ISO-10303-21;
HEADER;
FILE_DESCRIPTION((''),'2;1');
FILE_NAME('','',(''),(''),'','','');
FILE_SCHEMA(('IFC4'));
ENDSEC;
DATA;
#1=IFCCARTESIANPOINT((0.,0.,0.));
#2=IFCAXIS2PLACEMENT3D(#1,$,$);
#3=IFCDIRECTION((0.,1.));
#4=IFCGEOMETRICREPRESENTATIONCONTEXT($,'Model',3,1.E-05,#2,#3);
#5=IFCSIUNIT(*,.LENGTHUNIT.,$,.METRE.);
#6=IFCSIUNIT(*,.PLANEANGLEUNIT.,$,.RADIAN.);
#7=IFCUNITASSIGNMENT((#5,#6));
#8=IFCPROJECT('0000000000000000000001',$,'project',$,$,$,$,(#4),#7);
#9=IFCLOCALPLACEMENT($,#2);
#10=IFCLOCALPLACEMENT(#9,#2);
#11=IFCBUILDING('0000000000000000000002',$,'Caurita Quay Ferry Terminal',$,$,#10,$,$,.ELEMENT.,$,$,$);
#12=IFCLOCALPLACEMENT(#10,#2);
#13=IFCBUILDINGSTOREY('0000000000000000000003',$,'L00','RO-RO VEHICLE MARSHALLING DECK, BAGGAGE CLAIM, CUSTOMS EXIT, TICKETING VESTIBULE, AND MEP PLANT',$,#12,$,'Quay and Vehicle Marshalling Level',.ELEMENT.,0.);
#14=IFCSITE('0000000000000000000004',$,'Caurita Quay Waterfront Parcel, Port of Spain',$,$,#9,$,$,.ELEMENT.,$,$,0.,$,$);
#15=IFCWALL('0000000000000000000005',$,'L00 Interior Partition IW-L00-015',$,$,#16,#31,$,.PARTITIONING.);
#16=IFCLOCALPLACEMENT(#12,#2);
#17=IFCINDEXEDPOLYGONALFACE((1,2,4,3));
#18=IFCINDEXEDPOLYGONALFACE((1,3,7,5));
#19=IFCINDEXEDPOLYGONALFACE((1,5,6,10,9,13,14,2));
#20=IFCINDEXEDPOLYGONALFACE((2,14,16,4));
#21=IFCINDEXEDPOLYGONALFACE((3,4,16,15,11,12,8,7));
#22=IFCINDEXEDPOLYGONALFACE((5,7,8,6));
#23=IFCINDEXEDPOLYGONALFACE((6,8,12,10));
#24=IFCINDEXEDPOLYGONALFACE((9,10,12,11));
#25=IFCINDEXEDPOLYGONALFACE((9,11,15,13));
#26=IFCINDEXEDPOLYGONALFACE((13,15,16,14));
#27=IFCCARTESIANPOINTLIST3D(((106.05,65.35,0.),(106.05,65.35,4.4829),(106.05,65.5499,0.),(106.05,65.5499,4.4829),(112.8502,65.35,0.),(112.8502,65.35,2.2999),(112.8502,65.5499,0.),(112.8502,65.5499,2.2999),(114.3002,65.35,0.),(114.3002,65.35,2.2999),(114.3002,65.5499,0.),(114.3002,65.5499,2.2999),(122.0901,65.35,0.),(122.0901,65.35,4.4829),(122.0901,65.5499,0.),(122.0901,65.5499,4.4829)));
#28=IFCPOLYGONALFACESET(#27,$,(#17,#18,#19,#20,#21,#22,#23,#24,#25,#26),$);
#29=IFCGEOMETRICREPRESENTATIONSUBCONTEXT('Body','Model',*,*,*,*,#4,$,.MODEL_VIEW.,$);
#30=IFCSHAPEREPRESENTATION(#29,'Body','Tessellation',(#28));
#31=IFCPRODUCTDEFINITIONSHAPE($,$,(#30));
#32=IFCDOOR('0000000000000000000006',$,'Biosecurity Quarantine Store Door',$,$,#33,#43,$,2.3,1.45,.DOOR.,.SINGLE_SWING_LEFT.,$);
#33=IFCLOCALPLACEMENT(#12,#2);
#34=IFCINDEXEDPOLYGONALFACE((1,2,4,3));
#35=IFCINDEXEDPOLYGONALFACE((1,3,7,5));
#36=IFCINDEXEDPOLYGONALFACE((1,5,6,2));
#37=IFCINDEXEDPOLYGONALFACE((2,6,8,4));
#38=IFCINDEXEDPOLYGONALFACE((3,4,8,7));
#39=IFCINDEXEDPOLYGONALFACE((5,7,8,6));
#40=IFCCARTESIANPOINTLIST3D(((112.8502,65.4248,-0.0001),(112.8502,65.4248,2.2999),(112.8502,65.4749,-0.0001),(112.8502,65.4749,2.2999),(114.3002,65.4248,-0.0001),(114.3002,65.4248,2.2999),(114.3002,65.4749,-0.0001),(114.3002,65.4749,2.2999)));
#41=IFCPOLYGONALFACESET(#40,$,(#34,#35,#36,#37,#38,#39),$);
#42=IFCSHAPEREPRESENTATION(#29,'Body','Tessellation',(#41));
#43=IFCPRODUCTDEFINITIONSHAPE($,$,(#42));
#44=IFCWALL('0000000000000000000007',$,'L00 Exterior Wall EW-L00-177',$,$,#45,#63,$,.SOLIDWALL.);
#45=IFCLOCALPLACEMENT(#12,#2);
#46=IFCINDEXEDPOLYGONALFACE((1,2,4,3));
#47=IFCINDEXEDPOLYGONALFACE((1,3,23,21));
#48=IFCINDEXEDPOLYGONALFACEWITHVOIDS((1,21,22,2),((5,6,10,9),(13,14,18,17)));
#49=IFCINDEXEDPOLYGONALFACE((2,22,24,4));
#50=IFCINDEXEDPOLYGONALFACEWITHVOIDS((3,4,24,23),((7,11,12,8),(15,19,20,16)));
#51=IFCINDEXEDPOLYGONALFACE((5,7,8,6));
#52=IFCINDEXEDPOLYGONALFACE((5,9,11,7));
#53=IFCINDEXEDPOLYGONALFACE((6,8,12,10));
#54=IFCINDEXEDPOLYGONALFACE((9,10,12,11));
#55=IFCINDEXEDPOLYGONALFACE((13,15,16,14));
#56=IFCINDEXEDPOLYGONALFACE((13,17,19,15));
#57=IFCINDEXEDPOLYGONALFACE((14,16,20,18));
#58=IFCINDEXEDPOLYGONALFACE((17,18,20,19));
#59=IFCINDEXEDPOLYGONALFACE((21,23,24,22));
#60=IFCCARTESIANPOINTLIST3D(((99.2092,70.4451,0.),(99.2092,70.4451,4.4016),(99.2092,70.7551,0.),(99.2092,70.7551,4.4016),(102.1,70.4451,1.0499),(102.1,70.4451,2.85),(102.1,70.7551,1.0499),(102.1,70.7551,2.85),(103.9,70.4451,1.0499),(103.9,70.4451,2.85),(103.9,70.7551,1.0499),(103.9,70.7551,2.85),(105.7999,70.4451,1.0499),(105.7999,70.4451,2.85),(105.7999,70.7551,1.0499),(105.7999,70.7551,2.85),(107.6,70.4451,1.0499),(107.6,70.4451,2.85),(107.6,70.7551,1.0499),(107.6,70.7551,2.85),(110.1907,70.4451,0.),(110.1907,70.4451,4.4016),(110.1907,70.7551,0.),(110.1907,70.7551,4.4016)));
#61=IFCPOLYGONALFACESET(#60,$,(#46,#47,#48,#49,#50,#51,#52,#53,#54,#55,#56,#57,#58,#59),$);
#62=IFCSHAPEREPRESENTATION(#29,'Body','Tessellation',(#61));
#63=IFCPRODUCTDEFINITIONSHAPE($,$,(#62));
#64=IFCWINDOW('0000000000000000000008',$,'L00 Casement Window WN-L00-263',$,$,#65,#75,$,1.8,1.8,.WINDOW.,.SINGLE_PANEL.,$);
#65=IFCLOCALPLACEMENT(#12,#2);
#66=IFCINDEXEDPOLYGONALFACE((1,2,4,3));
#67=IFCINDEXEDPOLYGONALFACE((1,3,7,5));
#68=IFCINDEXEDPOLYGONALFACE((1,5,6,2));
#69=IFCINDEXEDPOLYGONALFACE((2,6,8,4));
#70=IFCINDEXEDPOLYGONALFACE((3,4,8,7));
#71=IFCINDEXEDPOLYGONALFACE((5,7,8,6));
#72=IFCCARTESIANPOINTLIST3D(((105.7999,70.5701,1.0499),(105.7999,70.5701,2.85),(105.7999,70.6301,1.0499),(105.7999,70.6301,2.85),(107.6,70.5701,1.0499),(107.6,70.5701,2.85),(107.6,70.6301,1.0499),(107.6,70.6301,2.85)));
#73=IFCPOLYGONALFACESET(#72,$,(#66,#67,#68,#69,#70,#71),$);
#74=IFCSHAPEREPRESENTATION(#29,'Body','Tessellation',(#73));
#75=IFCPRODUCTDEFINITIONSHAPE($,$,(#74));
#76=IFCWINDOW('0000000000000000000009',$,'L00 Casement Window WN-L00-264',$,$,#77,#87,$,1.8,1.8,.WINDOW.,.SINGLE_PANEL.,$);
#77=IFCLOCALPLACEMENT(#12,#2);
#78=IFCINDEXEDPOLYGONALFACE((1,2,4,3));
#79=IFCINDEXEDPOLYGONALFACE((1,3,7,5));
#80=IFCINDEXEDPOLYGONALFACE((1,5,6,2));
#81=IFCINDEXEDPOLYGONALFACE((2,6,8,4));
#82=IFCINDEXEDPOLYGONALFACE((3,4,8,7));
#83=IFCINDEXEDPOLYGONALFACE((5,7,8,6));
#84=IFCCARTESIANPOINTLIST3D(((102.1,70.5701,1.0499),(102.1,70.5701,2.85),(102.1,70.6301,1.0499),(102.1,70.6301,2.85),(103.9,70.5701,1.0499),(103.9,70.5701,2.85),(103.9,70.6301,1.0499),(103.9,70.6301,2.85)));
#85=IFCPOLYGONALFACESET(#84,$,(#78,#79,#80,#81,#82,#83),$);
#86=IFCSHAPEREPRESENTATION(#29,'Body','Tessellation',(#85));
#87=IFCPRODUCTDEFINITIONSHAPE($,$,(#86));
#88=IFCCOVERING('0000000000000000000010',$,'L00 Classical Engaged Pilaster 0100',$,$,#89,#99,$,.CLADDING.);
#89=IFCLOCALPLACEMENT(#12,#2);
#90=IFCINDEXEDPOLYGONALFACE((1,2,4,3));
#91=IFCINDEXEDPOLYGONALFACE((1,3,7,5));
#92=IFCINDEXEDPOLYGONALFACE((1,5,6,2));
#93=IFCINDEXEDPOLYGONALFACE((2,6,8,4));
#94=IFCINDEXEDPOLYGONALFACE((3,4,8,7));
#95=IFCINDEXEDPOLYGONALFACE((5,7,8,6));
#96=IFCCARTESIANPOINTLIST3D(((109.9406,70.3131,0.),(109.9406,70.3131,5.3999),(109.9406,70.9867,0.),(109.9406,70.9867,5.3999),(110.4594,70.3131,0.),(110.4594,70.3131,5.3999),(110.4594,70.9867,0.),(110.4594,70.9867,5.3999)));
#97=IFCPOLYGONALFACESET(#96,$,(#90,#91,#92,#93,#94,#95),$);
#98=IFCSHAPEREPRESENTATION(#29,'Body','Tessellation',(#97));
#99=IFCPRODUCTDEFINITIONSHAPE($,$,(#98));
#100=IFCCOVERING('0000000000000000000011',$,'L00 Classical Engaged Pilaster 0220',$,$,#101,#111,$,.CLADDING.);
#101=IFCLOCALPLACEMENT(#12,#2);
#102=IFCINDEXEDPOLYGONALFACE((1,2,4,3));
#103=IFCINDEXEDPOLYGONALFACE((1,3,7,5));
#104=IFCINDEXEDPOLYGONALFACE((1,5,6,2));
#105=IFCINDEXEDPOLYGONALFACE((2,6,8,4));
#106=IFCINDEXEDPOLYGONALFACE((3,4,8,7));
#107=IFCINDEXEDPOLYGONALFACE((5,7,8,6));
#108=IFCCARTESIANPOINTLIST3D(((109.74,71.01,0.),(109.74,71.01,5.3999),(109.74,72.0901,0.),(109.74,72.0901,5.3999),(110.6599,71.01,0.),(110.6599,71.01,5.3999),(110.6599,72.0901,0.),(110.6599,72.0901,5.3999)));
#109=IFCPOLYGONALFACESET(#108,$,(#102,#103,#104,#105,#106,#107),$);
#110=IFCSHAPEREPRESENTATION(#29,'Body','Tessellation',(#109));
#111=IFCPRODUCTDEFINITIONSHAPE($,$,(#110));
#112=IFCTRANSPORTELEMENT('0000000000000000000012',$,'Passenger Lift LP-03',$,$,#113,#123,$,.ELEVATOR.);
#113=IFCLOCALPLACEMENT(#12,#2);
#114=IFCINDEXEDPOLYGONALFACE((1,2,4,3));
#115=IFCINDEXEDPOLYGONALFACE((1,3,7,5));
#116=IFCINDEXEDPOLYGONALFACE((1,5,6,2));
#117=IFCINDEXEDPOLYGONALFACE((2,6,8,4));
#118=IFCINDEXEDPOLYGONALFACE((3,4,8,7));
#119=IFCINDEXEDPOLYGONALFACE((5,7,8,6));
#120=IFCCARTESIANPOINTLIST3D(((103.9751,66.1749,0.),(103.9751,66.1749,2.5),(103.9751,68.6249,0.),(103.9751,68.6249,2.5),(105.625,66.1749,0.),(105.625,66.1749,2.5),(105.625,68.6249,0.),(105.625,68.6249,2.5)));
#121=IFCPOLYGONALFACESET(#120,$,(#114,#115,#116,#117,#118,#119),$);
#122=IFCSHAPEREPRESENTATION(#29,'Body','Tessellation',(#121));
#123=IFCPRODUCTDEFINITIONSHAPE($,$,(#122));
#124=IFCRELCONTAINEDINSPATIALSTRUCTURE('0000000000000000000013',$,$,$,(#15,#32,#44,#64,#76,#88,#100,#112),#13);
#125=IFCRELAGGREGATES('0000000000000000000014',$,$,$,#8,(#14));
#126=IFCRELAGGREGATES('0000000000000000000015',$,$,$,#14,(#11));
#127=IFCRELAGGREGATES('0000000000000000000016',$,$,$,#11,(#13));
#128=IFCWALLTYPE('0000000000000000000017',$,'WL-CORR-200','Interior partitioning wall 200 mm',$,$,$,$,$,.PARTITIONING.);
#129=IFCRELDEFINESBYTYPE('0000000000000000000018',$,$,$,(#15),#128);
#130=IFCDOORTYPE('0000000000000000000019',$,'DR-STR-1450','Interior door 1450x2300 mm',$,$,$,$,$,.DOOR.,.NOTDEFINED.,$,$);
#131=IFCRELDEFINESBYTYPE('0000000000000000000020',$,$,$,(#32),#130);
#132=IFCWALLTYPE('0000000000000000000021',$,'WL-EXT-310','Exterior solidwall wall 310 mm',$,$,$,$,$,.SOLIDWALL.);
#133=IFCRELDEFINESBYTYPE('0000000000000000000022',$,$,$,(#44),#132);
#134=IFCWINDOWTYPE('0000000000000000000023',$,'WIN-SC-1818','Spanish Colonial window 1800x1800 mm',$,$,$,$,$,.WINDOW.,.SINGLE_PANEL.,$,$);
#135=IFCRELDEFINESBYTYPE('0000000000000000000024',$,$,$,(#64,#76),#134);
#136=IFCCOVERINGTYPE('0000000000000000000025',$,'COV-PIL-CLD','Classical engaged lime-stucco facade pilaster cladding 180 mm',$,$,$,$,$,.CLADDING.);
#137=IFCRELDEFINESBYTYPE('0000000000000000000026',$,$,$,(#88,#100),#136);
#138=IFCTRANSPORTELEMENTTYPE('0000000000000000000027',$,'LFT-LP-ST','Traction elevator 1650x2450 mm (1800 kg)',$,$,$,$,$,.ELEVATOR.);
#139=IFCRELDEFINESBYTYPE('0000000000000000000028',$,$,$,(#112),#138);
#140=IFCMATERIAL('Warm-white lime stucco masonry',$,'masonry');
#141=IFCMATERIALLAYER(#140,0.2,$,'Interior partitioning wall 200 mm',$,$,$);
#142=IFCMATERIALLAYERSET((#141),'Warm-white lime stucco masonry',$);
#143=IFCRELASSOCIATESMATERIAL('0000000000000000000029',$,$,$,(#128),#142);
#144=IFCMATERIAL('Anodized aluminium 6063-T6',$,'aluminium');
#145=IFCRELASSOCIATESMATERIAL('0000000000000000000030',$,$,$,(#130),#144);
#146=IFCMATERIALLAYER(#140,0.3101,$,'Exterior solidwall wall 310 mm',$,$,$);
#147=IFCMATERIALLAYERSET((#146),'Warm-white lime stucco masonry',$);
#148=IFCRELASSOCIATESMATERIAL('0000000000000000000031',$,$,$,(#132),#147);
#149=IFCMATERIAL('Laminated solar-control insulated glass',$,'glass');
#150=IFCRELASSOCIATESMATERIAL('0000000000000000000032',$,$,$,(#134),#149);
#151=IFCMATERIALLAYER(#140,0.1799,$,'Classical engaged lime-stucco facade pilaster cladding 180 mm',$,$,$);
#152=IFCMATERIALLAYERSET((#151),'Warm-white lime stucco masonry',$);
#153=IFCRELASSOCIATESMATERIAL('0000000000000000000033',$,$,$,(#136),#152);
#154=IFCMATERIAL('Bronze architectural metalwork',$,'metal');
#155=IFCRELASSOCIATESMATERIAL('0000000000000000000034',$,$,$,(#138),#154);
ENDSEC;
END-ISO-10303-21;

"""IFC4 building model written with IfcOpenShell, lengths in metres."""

from ifc_helpers import new_model, si_unit, direction, frame, frame_2d, origin, origin_2d, place, context, subcontext, project, spatial, rectangle, extrude, material, layer, layer_set, type_object, element, fill, save


model = new_model("IFC4")

# Units and contexts
model_context = context("Model", 3, precision=1e-05, world=origin(), true_north=direction((0.0, 1.0)))
body_context = subcontext(model_context, "Body", "Model", "MODEL_VIEW")
ifc_project = project(units=[si_unit("LENGTHUNIT", "METRE"), si_unit("PLANEANGLEUNIT", "RADIAN")], contexts=[model_context])

# Site, building, storey
site_placement = place(None, origin())
site = spatial("IfcSite", under=ifc_project, at=site_placement, Name="Caurita Quay Waterfront Parcel, Port of Spain", CompositionType="ELEMENT", RefElevation=0.0)
building_placement = place(site_placement, origin())
building = spatial("IfcBuilding", under=site, at=building_placement, Name="Caurita Quay Ferry Terminal", CompositionType="ELEMENT")
storey_placement = place(building_placement, origin())
storey = spatial("IfcBuildingStorey", under=building, at=storey_placement, Name="L00", Description="RO-RO VEHICLE MARSHALLING DECK, BAGGAGE CLAIM, CUSTOMS EXIT, TICKETING VESTIBULE, AND MEP PLANT", LongName="Quay and Vehicle Marshalling Level", CompositionType="ELEMENT", Elevation=0.0)

# Shared definitions
ifc_material_1 = material(Name="Bronze architectural metalwork", Category="metal")

# Wall, opening, door
ifc_material_2 = material(Name="Warm-white lime stucco masonry", Category="masonry")
ifc_layer_1 = layer(ifc_material_2, 0.2, Name="Interior partitioning wall 200 mm")
ifc_layer_set_1 = layer_set([ifc_layer_1], Name="Warm-white lime stucco masonry")
wall_type_1 = type_object("IfcWallType", Name="WL-CORR-200", Description="Interior partitioning wall 200 mm", PredefinedType="PARTITIONING", material=ifc_layer_set_1)
wall_1_placement = place(storey_placement, frame((106.05, 65.45, 0.0), z_axis=(0.0, 0.0, 1.0), x_axis=(1.0, 0.0, 0.0)))
wall_1 = element("IfcWall", 1, at=wall_1_placement, inside=storey, type_object=wall_type_1, Name="L00 Interior Partition IW-L00-015", PredefinedType="PARTITIONING", context=body_context, shape_type="SweptSolid", body=[
    extrude(rectangle(XDim=16.04, YDim=0.2, at=frame_2d((8.02, 0.0))), origin(), (0.0, 0.0, 1.0), 4.4829),
])
opening_1_placement = place(wall_1_placement, frame((6.8, 0.0, 0.0)))
opening_1 = element("IfcOpeningElement", 2, at=opening_1_placement, cuts=wall_1, PredefinedType="OPENING", context=body_context, shape_type="SweptSolid", body=[
    extrude(rectangle(XDim=1.45, YDim=2.3, at=frame_2d((0.7251, 1.1499))), frame((0.0, 0.1099, 0.0), z_axis=(0.0, -1.0, 0.0), x_axis=(1.0, 0.0, 0.0)), (0.0, 0.0, 1.0), 0.22),
])
ifc_material_3 = material(Name="Anodized aluminium 6063-T6", Category="aluminium")
door_type_1 = type_object("IfcDoorType", Name="DR-STR-1450", Description="Interior door 1450x2300 mm", OperationType="NOTDEFINED", PredefinedType="DOOR", material=ifc_material_3)
door_1_placement = place(opening_1_placement, origin())
door_1 = element("IfcDoor", 3, at=door_1_placement, inside=storey, type_object=door_type_1, Name="Biosecurity Quarantine Store Door", OperationType="SINGLE_SWING_LEFT", OverallHeight=2.3, OverallWidth=1.45, PredefinedType="DOOR", context=body_context, shape_type="SweptSolid", body=[
    extrude(rectangle(XDim=1.45, YDim=2.3, at=frame_2d((0.7251, 1.1499))), frame((0.0, 0.0249, 0.0), z_axis=(0.0, -1.0, 0.0), x_axis=(1.0, 0.0, 0.0)), (0.0, 0.0, 1.0), 0.05),
])
fill(opening_1, door_1)

# Wall, openings, windows
ifc_layer_2 = layer(ifc_material_2, 0.3101, Name="Exterior solidwall wall 310 mm")
ifc_layer_set_2 = layer_set([ifc_layer_2], Name="Warm-white lime stucco masonry")
wall_type_2 = type_object("IfcWallType", Name="WL-EXT-310", Description="Exterior solidwall wall 310 mm", PredefinedType="SOLIDWALL", material=ifc_layer_set_2)
wall_2_placement = place(storey_placement, frame((110.1907, 70.6001, 0.0), z_axis=(0.0, 0.0, 1.0), x_axis=(-1.0, 0.0, 0.0)))
wall_2 = element("IfcWall", 4, at=wall_2_placement, inside=storey, type_object=wall_type_2, Name="L00 Exterior Wall EW-L00-177", PredefinedType="SOLIDWALL", context=body_context, shape_type="SweptSolid", body=[
    extrude(rectangle(XDim=10.9814, YDim=0.3101, at=frame_2d((5.4907, 0.0))), origin(), (0.0, 0.0, 1.0), 4.4016),
])
opening_2_placement = place(wall_2_placement, frame((2.5908, 0.0, 1.05)))
opening_2 = element("IfcOpeningElement", 5, at=opening_2_placement, cuts=wall_2, PredefinedType="OPENING", context=body_context, shape_type="SweptSolid", body=[
    extrude(rectangle(XDim=1.8, YDim=1.8, at=frame_2d((0.8999, 0.8999))), frame((0.0, 0.165, 0.0), z_axis=(0.0, -1.0, 0.0), x_axis=(1.0, 0.0, 0.0)), (0.0, 0.0, 1.0), 0.3301),
])
opening_3_placement = place(wall_2_placement, frame((6.2908, 0.0, 1.05)))
opening_3 = element("IfcOpeningElement", 6, at=opening_3_placement, cuts=wall_2, PredefinedType="OPENING", context=body_context, shape_type="SweptSolid", body=[
    extrude(rectangle(XDim=1.8, YDim=1.8, at=frame_2d((0.8999, 0.8999))), frame((0.0, 0.165, 0.0), z_axis=(0.0, -1.0, 0.0), x_axis=(1.0, 0.0, 0.0)), (0.0, 0.0, 1.0), 0.3301),
])
ifc_material_4 = material(Name="Laminated solar-control insulated glass", Category="glass")
window_type = type_object("IfcWindowType", Name="WIN-SC-1818", Description="Spanish Colonial window 1800x1800 mm", PartitioningType="SINGLE_PANEL", PredefinedType="WINDOW", material=ifc_material_4)
window_1_placement = place(opening_2_placement, origin())
window_1 = element("IfcWindow", 7, at=window_1_placement, inside=storey, type_object=window_type, Name="L00 Casement Window WN-L00-263", OverallHeight=1.8, OverallWidth=1.8, PartitioningType="SINGLE_PANEL", PredefinedType="WINDOW", context=body_context, shape_type="SweptSolid", body=[
    extrude(rectangle(XDim=1.8, YDim=1.8, at=frame_2d((0.8999, 0.8999))), frame((0.0, 0.03, 0.0), z_axis=(0.0, -1.0, 0.0), x_axis=(1.0, 0.0, 0.0)), (0.0, 0.0, 1.0), 0.0601),
])
fill(opening_2, window_1)
window_2_placement = place(opening_3_placement, origin())
window_2 = element("IfcWindow", 8, at=window_2_placement, inside=storey, type_object=window_type, Name="L00 Casement Window WN-L00-264", OverallHeight=1.8, OverallWidth=1.8, PartitioningType="SINGLE_PANEL", PredefinedType="WINDOW", context=body_context, shape_type="SweptSolid", body=[
    extrude(rectangle(XDim=1.8, YDim=1.8, at=frame_2d((0.8999, 0.8999))), frame((0.0, 0.03, 0.0), z_axis=(0.0, -1.0, 0.0), x_axis=(1.0, 0.0, 0.0)), (0.0, 0.0, 1.0), 0.0601),
])
fill(opening_3, window_2)

# Coverings
ifc_layer_3 = layer(ifc_material_2, 0.1799, Name="Classical engaged lime-stucco facade pilaster cladding 180 mm")
ifc_layer_set_3 = layer_set([ifc_layer_3], Name="Warm-white lime stucco masonry")
covering_type = type_object("IfcCoveringType", Name="COV-PIL-CLD", Description="Classical engaged lime-stucco facade pilaster cladding 180 mm", PredefinedType="CLADDING", material=ifc_layer_set_3)
covering_1_placement = place(storey_placement, frame((110.2, 70.6499, 0.0), z_axis=(0.0, 0.0, 1.0), x_axis=(1.0, 0.0, 0.0)))
element("IfcCovering", 9, at=covering_1_placement, inside=storey, type_object=covering_type, Name="L00 Classical Engaged Pilaster 0100", PredefinedType="CLADDING", context=body_context, shape_type="SweptSolid", body=[
    extrude(rectangle(XDim=0.5188, YDim=0.6736, at=origin_2d()), origin(), (0.0, 0.0, 1.0), 5.3999),
])
covering_2_placement = place(storey_placement, frame((110.2, 71.55, 0.0), z_axis=(0.0, 0.0, 1.0), x_axis=(1.0, 0.0, 0.0)))
element("IfcCovering", 10, at=covering_2_placement, inside=storey, type_object=covering_type, Name="L00 Classical Engaged Pilaster 0220", PredefinedType="CLADDING", context=body_context, shape_type="SweptSolid", body=[
    extrude(rectangle(XDim=0.9199, YDim=1.0801, at=origin_2d()), origin(), (0.0, 0.0, 1.0), 5.3999),
])

# Transport element
transport_element_type = type_object("IfcTransportElementType", Name="LFT-LP-ST", Description="Traction elevator 1650x2450 mm (1800 kg)", PredefinedType="ELEVATOR", material=ifc_material_1)
transport_element_placement = place(storey_placement, frame((104.8, 67.3999, 0.0), z_axis=(0.0, 0.0, 1.0), x_axis=(1.0, 0.0, 0.0)))
element("IfcTransportElement", 11, at=transport_element_placement, inside=storey, type_object=transport_element_type, Name="Passenger Lift LP-03", PredefinedType="ELEVATOR", context=body_context, shape_type="SweptSolid", body=[
    extrude(rectangle(XDim=1.6499, YDim=2.45, at=origin_2d()), origin(), (0.0, 0.0, 1.0), 2.5),
])

save(model, "model.ifc")
